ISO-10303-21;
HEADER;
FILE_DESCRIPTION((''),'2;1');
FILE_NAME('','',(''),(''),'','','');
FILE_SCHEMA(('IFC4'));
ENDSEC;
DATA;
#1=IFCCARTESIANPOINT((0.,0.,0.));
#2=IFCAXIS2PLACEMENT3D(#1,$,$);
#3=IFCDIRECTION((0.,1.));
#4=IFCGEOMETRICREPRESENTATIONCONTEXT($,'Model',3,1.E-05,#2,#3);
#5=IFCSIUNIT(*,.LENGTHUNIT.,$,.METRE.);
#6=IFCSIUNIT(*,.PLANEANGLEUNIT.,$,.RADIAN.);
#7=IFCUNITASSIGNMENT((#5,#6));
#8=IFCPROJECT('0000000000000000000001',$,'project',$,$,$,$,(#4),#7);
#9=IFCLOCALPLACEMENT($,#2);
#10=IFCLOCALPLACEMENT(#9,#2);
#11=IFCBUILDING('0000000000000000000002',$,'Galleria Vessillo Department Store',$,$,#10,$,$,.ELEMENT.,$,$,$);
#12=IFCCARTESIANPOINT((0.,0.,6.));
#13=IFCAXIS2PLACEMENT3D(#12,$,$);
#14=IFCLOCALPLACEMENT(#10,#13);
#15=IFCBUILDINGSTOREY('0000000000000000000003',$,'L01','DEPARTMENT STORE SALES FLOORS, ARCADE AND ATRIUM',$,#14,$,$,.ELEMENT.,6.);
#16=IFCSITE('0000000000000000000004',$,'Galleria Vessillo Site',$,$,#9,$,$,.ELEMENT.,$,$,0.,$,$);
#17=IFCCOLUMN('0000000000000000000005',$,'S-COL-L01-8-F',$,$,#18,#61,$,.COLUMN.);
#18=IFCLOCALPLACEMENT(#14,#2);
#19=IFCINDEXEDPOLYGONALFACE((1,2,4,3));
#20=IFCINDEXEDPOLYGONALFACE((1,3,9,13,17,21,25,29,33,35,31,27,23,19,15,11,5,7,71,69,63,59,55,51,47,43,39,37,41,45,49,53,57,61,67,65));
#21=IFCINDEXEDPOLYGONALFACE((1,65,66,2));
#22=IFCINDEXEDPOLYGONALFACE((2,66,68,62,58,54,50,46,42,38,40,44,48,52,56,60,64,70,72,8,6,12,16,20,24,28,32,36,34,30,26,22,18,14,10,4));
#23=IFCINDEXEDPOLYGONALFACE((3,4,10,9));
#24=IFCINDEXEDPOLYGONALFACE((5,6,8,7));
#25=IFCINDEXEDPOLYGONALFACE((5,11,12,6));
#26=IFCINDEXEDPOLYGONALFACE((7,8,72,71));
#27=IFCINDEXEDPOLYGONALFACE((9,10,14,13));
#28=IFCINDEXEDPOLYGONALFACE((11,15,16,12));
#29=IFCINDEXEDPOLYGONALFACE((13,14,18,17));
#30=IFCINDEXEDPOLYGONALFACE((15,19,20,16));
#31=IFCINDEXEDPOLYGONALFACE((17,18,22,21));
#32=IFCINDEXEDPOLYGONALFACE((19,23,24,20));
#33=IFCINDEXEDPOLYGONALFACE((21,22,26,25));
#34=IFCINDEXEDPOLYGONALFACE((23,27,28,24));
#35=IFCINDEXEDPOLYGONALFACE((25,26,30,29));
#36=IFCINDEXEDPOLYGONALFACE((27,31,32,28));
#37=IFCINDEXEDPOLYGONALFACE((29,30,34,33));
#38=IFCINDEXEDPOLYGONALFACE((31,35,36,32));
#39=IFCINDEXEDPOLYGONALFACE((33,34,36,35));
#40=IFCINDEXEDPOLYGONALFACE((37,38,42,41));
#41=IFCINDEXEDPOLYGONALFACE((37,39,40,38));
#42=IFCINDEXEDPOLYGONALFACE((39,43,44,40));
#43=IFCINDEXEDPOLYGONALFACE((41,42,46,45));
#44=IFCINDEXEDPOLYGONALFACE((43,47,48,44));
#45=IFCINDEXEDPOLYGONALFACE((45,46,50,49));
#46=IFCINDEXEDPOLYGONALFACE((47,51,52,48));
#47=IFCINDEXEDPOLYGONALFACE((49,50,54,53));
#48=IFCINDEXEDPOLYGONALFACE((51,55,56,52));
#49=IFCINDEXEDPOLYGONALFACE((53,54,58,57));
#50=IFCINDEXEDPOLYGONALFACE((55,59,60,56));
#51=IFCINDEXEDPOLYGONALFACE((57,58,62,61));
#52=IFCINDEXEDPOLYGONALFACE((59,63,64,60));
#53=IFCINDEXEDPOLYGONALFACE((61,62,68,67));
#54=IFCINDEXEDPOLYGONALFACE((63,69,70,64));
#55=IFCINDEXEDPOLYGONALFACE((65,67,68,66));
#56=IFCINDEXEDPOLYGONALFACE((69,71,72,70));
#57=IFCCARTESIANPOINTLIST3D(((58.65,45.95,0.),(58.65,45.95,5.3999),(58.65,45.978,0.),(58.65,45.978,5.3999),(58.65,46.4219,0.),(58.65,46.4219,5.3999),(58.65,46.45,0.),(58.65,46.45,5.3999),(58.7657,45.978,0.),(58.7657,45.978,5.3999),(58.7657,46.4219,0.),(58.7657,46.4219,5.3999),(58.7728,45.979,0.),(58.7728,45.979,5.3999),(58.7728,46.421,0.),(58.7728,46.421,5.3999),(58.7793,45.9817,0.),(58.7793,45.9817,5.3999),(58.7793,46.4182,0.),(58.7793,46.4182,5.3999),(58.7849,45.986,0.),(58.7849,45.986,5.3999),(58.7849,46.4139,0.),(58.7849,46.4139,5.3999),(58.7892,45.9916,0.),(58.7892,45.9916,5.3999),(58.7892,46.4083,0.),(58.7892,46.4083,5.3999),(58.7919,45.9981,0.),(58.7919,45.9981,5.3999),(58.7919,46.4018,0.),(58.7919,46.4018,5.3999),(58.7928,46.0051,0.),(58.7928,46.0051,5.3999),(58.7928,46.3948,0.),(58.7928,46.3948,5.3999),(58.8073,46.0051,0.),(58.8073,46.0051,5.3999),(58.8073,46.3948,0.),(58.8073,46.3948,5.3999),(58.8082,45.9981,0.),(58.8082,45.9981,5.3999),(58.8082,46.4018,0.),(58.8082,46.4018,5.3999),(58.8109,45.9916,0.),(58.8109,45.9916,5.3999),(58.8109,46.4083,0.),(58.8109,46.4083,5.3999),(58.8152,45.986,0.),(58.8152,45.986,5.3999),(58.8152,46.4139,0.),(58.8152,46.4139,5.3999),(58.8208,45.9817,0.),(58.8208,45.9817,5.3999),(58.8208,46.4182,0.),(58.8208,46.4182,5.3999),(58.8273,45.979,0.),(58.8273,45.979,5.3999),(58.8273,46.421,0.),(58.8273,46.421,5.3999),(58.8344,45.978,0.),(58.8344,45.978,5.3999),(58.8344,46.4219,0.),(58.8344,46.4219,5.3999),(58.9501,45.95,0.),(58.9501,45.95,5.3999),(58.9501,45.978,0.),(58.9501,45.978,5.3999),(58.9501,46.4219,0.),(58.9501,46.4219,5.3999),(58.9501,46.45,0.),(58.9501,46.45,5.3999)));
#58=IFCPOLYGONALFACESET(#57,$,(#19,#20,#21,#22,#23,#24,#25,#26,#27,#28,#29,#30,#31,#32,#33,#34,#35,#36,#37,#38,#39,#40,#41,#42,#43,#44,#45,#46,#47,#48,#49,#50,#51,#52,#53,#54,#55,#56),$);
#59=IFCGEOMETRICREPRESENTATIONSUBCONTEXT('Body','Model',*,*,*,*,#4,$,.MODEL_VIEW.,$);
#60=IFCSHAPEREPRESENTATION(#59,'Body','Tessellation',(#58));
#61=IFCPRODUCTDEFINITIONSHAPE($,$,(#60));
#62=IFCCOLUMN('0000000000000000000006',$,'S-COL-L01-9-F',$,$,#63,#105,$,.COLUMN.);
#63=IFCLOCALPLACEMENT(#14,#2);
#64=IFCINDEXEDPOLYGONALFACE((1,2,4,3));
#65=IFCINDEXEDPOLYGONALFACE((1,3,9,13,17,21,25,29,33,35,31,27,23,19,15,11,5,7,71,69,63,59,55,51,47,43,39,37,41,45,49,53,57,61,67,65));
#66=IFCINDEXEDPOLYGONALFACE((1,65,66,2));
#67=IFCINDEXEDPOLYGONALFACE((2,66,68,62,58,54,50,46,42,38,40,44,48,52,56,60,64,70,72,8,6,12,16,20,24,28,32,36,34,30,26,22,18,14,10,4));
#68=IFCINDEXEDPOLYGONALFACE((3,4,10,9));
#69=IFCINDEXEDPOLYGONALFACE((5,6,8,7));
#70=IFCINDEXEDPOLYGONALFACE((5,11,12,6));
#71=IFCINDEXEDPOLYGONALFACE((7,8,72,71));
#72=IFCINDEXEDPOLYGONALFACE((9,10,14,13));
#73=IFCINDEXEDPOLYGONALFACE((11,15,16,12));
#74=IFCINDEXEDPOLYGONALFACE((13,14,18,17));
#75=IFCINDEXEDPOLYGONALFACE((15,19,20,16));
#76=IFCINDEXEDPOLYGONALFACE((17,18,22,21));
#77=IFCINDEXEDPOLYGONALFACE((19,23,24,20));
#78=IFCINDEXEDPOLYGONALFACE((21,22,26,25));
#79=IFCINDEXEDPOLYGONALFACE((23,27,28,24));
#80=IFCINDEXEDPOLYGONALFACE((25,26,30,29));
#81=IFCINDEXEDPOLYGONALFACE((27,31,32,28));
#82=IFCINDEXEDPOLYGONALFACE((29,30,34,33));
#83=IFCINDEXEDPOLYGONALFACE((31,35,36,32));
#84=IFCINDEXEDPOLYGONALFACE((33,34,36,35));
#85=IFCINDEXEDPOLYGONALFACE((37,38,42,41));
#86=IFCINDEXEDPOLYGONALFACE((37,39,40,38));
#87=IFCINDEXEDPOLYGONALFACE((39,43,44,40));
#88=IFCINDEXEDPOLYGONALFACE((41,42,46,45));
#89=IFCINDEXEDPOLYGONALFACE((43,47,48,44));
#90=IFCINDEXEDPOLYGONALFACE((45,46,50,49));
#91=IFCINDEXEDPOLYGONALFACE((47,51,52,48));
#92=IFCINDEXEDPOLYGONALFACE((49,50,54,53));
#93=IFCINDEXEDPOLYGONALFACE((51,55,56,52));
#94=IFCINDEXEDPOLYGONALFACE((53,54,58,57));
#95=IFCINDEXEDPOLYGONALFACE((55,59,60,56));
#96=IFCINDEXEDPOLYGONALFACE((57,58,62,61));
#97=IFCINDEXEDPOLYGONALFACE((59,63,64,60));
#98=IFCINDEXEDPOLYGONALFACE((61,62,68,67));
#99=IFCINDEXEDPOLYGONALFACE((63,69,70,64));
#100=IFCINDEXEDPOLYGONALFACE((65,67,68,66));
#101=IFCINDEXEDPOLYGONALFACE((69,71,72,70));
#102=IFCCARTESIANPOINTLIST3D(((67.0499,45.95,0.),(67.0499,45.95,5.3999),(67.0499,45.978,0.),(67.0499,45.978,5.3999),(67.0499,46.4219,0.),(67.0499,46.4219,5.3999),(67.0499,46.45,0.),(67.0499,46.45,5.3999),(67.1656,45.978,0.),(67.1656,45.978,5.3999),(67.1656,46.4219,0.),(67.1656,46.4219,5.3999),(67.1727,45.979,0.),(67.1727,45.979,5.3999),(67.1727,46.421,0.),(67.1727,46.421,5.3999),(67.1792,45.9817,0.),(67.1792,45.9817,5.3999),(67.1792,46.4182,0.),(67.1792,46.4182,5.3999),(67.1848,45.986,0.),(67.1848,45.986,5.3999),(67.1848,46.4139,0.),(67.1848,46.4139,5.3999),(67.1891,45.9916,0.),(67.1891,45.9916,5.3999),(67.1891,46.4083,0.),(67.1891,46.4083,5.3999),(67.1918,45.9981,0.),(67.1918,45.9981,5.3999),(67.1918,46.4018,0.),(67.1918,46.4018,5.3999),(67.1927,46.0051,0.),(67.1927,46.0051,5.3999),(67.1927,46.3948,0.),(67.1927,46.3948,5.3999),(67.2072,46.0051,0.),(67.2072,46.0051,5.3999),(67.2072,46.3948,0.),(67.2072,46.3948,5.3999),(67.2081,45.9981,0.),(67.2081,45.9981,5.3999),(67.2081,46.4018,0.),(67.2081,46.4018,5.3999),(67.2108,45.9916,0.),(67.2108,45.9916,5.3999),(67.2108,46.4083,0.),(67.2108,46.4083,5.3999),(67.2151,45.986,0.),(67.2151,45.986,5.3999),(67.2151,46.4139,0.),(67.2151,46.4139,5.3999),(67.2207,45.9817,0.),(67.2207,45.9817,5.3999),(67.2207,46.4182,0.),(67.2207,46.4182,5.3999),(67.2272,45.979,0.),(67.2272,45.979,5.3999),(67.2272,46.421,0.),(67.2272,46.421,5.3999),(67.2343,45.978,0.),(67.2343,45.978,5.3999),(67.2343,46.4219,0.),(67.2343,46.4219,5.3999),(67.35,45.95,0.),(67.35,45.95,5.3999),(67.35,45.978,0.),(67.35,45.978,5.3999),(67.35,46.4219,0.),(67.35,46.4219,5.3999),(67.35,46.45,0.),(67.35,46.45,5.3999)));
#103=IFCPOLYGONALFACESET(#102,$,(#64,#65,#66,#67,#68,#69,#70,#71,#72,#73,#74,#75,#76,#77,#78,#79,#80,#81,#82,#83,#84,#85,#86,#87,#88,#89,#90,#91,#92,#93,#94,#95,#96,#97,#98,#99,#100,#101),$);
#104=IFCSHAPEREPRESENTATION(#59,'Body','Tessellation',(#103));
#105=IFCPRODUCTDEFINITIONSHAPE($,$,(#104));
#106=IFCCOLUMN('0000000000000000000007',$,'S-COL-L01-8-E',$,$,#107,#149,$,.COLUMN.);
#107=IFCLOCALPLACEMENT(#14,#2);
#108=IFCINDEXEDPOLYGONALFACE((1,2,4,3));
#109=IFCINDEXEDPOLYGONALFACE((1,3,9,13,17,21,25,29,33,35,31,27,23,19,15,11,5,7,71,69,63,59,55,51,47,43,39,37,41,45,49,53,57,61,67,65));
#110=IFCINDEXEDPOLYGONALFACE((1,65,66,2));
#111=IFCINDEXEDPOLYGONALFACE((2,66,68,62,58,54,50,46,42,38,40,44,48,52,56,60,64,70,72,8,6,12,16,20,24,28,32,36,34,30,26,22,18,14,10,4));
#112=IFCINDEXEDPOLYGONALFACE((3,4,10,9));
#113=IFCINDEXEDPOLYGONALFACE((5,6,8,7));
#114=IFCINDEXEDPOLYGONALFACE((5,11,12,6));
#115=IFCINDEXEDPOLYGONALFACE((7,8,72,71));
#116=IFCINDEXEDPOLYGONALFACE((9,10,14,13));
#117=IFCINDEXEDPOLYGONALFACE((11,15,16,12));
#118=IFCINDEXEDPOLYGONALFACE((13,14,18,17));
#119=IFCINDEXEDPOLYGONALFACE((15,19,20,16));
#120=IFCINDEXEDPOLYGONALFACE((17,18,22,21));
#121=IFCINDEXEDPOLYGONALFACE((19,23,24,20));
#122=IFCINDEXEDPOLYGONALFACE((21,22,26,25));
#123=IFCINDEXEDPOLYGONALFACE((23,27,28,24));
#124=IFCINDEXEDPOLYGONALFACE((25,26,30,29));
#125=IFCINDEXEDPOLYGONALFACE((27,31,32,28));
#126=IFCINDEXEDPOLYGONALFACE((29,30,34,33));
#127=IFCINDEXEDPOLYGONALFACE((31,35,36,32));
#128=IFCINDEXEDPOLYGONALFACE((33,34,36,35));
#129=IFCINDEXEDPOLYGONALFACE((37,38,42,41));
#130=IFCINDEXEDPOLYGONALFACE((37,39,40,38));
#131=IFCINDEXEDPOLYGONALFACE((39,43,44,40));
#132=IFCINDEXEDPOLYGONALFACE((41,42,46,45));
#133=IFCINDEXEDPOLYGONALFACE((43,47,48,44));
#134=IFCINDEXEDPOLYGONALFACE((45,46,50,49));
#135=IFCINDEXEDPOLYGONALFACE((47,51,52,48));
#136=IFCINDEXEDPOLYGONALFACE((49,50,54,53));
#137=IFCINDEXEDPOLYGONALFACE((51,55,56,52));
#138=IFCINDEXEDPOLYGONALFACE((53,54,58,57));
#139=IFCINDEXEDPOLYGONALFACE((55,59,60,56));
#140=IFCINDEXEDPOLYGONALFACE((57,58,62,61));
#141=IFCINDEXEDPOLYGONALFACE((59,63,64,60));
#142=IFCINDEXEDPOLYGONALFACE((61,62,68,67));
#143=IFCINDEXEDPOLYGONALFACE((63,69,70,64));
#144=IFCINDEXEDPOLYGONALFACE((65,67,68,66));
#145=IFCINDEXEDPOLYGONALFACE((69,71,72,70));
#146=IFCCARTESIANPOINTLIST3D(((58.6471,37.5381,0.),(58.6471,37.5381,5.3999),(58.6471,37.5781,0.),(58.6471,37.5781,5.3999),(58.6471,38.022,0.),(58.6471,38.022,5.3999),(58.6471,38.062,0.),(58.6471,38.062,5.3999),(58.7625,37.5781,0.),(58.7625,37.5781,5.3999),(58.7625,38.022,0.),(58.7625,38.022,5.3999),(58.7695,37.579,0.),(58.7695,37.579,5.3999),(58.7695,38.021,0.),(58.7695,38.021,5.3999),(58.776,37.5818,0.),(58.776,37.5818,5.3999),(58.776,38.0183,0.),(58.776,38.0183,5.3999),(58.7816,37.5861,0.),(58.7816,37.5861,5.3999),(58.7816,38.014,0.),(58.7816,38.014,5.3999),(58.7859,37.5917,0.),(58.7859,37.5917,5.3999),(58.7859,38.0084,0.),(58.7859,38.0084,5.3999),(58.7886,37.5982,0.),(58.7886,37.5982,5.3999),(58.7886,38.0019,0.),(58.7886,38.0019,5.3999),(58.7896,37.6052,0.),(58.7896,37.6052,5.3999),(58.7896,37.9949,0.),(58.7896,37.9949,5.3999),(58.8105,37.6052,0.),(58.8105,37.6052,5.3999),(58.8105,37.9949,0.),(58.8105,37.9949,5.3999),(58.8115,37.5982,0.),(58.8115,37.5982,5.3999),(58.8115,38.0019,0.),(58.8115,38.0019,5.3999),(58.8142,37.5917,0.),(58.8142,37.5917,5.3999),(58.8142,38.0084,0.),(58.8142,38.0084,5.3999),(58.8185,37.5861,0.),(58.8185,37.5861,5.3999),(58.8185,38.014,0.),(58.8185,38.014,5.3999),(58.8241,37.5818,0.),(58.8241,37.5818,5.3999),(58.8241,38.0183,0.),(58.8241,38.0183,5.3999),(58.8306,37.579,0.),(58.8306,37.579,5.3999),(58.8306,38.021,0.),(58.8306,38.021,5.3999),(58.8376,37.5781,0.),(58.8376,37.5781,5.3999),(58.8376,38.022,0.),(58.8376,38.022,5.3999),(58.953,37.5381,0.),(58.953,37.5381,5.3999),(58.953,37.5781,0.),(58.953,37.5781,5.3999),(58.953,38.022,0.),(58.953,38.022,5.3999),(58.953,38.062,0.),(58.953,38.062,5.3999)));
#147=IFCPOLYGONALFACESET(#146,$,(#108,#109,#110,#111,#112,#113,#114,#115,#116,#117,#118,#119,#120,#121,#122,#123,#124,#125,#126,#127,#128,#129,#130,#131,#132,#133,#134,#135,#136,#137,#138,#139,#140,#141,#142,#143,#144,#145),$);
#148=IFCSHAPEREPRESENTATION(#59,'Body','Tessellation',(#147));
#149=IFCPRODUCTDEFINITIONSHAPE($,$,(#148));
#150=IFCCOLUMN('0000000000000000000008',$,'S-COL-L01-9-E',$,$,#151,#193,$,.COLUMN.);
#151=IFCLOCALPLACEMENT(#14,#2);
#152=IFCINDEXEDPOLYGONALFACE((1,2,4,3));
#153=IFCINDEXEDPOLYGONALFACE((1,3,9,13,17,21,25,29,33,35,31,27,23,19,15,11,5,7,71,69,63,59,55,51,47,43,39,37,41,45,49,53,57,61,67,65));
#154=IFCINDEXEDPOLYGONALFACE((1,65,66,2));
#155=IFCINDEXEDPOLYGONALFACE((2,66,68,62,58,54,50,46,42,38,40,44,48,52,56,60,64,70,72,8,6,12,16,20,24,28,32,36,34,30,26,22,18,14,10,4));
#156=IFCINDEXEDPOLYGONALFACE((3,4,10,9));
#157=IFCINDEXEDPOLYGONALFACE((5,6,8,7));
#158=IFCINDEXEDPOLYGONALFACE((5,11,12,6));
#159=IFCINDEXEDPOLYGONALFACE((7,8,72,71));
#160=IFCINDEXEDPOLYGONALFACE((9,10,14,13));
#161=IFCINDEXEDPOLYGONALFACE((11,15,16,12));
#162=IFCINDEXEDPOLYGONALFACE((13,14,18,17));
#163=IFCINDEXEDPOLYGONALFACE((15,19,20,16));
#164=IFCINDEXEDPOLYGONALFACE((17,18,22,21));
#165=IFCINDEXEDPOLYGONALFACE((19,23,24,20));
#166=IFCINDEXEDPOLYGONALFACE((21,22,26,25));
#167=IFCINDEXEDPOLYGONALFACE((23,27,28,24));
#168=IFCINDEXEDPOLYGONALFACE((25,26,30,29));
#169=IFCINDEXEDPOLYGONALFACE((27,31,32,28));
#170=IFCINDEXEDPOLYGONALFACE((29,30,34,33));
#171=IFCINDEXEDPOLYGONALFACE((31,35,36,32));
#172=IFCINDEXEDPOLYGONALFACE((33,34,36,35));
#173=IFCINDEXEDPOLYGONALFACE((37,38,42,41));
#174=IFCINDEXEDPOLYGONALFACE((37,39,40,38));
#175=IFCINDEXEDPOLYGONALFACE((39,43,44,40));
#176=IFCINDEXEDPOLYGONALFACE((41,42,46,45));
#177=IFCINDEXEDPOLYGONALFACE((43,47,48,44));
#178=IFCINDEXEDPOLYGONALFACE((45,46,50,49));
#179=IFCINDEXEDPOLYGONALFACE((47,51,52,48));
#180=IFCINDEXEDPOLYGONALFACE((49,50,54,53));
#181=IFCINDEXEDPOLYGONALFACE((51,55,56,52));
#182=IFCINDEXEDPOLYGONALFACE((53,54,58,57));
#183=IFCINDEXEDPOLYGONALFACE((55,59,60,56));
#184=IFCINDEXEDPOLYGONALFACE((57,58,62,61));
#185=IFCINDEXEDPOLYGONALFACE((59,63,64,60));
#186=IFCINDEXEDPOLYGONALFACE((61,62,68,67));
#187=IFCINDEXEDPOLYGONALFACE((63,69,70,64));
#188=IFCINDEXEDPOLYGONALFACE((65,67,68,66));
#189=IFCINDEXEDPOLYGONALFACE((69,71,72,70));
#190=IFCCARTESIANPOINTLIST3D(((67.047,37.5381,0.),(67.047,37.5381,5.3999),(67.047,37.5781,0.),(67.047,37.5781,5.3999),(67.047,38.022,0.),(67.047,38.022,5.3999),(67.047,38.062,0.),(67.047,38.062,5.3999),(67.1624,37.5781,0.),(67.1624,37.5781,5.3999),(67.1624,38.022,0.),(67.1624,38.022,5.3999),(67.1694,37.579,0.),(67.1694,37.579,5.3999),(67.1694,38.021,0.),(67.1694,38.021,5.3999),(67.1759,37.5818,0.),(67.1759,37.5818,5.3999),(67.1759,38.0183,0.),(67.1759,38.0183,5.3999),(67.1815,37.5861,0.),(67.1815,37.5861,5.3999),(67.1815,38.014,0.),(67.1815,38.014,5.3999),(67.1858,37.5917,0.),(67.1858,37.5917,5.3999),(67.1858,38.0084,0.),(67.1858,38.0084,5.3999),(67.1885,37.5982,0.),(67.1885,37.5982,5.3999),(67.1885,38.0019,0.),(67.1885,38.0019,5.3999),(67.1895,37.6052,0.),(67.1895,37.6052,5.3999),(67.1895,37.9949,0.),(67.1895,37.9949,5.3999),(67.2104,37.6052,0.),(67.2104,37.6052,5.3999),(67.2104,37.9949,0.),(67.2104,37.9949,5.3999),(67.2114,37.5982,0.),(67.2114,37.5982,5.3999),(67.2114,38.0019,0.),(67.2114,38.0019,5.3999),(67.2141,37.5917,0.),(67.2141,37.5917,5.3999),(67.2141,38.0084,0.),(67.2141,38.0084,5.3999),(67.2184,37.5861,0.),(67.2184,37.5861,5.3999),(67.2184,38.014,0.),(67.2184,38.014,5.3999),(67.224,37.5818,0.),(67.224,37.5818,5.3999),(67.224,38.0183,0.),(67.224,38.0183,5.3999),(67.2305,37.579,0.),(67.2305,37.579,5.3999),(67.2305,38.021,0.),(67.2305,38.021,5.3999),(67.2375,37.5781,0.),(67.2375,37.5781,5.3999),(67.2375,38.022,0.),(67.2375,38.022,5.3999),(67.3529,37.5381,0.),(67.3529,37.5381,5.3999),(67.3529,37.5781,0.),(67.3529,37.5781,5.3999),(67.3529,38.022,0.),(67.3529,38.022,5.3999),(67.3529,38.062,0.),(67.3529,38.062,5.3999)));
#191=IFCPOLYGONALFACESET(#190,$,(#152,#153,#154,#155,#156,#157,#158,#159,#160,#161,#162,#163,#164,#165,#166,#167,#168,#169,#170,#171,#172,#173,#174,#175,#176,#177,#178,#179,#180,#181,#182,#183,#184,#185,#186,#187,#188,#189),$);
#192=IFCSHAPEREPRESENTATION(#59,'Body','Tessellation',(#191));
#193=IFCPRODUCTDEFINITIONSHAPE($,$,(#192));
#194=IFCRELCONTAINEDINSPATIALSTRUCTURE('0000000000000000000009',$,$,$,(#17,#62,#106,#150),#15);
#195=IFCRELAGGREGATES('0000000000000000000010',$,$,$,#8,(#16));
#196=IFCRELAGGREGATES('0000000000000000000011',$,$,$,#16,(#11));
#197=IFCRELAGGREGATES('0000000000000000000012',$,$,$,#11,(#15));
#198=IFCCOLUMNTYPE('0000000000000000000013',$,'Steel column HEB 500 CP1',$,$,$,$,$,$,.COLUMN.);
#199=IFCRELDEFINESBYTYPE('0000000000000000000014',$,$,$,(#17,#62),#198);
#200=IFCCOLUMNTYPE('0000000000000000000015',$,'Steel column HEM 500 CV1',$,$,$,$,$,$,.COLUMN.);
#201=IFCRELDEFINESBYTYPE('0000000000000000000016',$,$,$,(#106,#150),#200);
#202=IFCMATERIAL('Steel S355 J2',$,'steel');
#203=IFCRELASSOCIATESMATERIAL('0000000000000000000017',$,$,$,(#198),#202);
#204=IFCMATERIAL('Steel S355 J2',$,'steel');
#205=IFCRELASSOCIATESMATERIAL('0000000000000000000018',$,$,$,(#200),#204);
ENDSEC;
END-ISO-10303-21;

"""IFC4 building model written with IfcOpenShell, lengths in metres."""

from ifc_helpers import new_model, si_unit, direction, frame, origin, origin_2d, place, context, subcontext, project, spatial, i_section, extrude, material, material_profile, profile_set, type_object, element, save


model = new_model("IFC4")

# Units and contexts
model_context = context("Model", 3, precision=1e-05, world=origin(), true_north=direction((0.0, 1.0)))
body_context = subcontext(model_context, "Body", "Model", "MODEL_VIEW")
ifc_project = project(units=[si_unit("LENGTHUNIT", "METRE"), si_unit("PLANEANGLEUNIT", "RADIAN")], contexts=[model_context])

# Site, building, storey
site_placement = place(None, origin())
site = spatial("IfcSite", under=ifc_project, at=site_placement, Name="Galleria Vessillo Site", CompositionType="ELEMENT", RefElevation=0.0)
building_placement = place(site_placement, origin())
building = spatial("IfcBuilding", under=site, at=building_placement, Name="Galleria Vessillo Department Store", CompositionType="ELEMENT")
storey_placement = place(building_placement, frame((0.0, 0.0, 6.0)))
storey = spatial("IfcBuildingStorey", under=building, at=storey_placement, Name="L01", Description="DEPARTMENT STORE SALES FLOORS, ARCADE AND ATRIUM", CompositionType="ELEMENT", Elevation=6.0)

# Columns
ifc_material_1 = material(Name="Steel S355 J2", Category="steel")
ifc_material_profile_1 = material_profile(ifc_material_1, i_section(OverallWidth=0.3, OverallDepth=0.5, WebThickness=0.0144, FlangeThickness=0.0281, FilletRadius=0.0271, at=origin_2d()), Name="HEB 500")
ifc_profile_set_1 = profile_set([ifc_material_profile_1], Name="Steel S355 J2")
column_type_1 = type_object("IfcColumnType", Name="Steel column HEB 500 CP1", PredefinedType="COLUMN", material=ifc_profile_set_1)
for number, where, z_axis, x_axis, name in (
    (1, (58.8, 46.2, 0.0), (0.0, 0.0, 1.0), (1.0, 0.0, 0.0), "S-COL-L01-8-F"),
    (2, (67.2, 46.2, 0.0), (0.0, 0.0, 1.0), (1.0, 0.0, 0.0), "S-COL-L01-9-F"),
):
    element("IfcColumn", number, at=place(storey_placement, frame(where, z_axis=z_axis, x_axis=x_axis)), inside=storey, type_object=column_type_1, Name=name, PredefinedType="COLUMN", context=body_context, shape_type="SweptSolid", body=[
        extrude(i_section(OverallWidth=0.3, OverallDepth=0.5, WebThickness=0.0144, FlangeThickness=0.0281, FilletRadius=0.0271, at=origin_2d()), origin(), (0.0, 0.0, 1.0), 5.3999),
    ])
ifc_material_2 = material(Name="Steel S355 J2", Category="steel")
ifc_material_profile_2 = material_profile(ifc_material_2, i_section(OverallWidth=0.3059, OverallDepth=0.5239, WebThickness=0.021, FlangeThickness=0.04, FilletRadius=0.0271, at=origin_2d()), Name="HEM 500")
ifc_profile_set_2 = profile_set([ifc_material_profile_2], Name="Steel S355 J2")
column_type_2 = type_object("IfcColumnType", Name="Steel column HEM 500 CV1", PredefinedType="COLUMN", material=ifc_profile_set_2)
for number, where, z_axis, x_axis, name in (
    (3, (58.8, 37.8, 0.0), (0.0, 0.0, 1.0), (1.0, 0.0, 0.0), "S-COL-L01-8-E"),
    (4, (67.2, 37.8, 0.0), (0.0, 0.0, 1.0), (1.0, 0.0, 0.0), "S-COL-L01-9-E"),
):
    element("IfcColumn", number, at=place(storey_placement, frame(where, z_axis=z_axis, x_axis=x_axis)), inside=storey, type_object=column_type_2, Name=name, PredefinedType="COLUMN", context=body_context, shape_type="SweptSolid", body=[
        extrude(i_section(OverallWidth=0.3059, OverallDepth=0.5239, WebThickness=0.021, FlangeThickness=0.04, FilletRadius=0.0271, at=origin_2d()), origin(), (0.0, 0.0, 1.0), 5.3999),
    ])

save(model, "model.ifc")
